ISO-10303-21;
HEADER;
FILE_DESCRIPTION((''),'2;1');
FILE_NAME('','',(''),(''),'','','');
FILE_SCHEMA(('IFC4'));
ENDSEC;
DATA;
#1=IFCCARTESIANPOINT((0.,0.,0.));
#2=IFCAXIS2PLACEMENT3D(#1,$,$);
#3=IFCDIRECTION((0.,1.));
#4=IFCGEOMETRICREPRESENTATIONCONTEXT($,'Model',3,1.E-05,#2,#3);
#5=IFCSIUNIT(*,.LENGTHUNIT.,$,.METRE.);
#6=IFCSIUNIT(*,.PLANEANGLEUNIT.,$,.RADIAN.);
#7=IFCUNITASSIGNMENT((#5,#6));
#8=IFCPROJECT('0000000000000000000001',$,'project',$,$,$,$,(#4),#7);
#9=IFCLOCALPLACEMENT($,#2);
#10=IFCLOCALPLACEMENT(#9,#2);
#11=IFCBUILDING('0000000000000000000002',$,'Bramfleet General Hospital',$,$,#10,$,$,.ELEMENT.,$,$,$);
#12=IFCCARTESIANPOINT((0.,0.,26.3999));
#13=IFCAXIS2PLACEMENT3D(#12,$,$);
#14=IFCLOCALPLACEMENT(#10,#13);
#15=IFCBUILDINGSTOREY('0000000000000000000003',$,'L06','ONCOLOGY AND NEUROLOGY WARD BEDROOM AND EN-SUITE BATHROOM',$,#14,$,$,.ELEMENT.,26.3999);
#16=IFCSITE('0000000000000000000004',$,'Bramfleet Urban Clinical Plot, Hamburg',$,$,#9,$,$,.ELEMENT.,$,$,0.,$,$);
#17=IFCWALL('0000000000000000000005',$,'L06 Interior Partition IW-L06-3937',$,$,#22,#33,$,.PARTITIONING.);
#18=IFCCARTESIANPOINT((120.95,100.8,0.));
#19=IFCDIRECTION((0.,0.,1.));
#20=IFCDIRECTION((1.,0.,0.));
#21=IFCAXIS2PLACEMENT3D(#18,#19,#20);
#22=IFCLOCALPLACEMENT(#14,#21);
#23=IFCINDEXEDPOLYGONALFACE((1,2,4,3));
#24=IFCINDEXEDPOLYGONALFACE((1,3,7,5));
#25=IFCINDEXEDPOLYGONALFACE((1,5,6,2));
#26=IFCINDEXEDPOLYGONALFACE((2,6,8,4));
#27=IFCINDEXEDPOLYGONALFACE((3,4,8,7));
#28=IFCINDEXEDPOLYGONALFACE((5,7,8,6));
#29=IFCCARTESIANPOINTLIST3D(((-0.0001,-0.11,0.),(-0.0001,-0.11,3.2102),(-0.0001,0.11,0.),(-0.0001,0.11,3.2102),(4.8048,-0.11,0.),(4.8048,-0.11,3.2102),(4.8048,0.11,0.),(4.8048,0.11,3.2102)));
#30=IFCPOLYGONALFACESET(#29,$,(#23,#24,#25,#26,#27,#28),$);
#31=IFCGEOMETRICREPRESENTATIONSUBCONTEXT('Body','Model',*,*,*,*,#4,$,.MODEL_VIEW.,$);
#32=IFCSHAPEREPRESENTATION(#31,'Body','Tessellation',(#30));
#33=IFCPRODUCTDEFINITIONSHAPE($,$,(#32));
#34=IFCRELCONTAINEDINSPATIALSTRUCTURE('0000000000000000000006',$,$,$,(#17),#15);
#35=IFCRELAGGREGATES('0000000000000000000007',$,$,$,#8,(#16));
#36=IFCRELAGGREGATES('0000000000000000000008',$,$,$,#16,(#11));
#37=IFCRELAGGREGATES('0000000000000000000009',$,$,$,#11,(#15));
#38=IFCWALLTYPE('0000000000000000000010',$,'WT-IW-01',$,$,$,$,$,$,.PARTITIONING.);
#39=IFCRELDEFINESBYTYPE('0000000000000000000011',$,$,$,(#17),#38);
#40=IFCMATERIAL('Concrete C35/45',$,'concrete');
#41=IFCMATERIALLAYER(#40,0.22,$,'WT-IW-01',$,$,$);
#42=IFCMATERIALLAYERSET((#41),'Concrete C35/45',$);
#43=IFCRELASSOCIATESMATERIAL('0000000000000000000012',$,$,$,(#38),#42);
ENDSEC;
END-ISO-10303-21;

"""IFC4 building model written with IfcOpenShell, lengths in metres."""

from ifc_helpers import new_model, si_unit, direction, frame, frame_2d, origin, place, context, subcontext, project, spatial, rectangle, extrude, material, layer, layer_set, type_object, element, save


model = new_model("IFC4")

# Units and contexts
model_context = context("Model", 3, precision=1e-05, world=origin(), true_north=direction((0.0, 1.0)))
body_context = subcontext(model_context, "Body", "Model", "MODEL_VIEW")
ifc_project = project(units=[si_unit("LENGTHUNIT", "METRE"), si_unit("PLANEANGLEUNIT", "RADIAN")], contexts=[model_context])

# Site, building, storey
site_placement = place(None, origin())
site = spatial("IfcSite", under=ifc_project, at=site_placement, Name="Bramfleet Urban Clinical Plot, Hamburg", CompositionType="ELEMENT", RefElevation=0.0)
building_placement = place(site_placement, origin())
building = spatial("IfcBuilding", under=site, at=building_placement, Name="Bramfleet General Hospital", CompositionType="ELEMENT")
storey_placement = place(building_placement, frame((0.0, 0.0, 26.3999)))
storey = spatial("IfcBuildingStorey", under=building, at=storey_placement, Name="L06", Description="ONCOLOGY AND NEUROLOGY WARD BEDROOM AND EN-SUITE BATHROOM", CompositionType="ELEMENT", Elevation=26.3999)

# Wall
ifc_material_1 = material(Name="Concrete C35/45", Category="concrete")
ifc_layer_1 = layer(ifc_material_1, 0.22, Name="WT-IW-01")
ifc_layer_set_1 = layer_set([ifc_layer_1], Name="Concrete C35/45")
wall_type_1 = type_object("IfcWallType", Name="WT-IW-01", PredefinedType="PARTITIONING", material=ifc_layer_set_1)
wall_1_placement = place(storey_placement, frame((120.95, 100.8, 0.0), z_axis=(0.0, 0.0, 1.0), x_axis=(1.0, 0.0, 0.0)))
element("IfcWall", 1, at=wall_1_placement, inside=storey, type_object=wall_type_1, Name="L06 Interior Partition IW-L06-3937", PredefinedType="PARTITIONING", context=body_context, shape_type="SweptSolid", body=[
    extrude(rectangle(XDim=4.8049, YDim=0.22, at=frame_2d((2.4023, 0.0))), origin(), (0.0, 0.0, 1.0), 3.2102),
])

save(model, "model.ifc")
